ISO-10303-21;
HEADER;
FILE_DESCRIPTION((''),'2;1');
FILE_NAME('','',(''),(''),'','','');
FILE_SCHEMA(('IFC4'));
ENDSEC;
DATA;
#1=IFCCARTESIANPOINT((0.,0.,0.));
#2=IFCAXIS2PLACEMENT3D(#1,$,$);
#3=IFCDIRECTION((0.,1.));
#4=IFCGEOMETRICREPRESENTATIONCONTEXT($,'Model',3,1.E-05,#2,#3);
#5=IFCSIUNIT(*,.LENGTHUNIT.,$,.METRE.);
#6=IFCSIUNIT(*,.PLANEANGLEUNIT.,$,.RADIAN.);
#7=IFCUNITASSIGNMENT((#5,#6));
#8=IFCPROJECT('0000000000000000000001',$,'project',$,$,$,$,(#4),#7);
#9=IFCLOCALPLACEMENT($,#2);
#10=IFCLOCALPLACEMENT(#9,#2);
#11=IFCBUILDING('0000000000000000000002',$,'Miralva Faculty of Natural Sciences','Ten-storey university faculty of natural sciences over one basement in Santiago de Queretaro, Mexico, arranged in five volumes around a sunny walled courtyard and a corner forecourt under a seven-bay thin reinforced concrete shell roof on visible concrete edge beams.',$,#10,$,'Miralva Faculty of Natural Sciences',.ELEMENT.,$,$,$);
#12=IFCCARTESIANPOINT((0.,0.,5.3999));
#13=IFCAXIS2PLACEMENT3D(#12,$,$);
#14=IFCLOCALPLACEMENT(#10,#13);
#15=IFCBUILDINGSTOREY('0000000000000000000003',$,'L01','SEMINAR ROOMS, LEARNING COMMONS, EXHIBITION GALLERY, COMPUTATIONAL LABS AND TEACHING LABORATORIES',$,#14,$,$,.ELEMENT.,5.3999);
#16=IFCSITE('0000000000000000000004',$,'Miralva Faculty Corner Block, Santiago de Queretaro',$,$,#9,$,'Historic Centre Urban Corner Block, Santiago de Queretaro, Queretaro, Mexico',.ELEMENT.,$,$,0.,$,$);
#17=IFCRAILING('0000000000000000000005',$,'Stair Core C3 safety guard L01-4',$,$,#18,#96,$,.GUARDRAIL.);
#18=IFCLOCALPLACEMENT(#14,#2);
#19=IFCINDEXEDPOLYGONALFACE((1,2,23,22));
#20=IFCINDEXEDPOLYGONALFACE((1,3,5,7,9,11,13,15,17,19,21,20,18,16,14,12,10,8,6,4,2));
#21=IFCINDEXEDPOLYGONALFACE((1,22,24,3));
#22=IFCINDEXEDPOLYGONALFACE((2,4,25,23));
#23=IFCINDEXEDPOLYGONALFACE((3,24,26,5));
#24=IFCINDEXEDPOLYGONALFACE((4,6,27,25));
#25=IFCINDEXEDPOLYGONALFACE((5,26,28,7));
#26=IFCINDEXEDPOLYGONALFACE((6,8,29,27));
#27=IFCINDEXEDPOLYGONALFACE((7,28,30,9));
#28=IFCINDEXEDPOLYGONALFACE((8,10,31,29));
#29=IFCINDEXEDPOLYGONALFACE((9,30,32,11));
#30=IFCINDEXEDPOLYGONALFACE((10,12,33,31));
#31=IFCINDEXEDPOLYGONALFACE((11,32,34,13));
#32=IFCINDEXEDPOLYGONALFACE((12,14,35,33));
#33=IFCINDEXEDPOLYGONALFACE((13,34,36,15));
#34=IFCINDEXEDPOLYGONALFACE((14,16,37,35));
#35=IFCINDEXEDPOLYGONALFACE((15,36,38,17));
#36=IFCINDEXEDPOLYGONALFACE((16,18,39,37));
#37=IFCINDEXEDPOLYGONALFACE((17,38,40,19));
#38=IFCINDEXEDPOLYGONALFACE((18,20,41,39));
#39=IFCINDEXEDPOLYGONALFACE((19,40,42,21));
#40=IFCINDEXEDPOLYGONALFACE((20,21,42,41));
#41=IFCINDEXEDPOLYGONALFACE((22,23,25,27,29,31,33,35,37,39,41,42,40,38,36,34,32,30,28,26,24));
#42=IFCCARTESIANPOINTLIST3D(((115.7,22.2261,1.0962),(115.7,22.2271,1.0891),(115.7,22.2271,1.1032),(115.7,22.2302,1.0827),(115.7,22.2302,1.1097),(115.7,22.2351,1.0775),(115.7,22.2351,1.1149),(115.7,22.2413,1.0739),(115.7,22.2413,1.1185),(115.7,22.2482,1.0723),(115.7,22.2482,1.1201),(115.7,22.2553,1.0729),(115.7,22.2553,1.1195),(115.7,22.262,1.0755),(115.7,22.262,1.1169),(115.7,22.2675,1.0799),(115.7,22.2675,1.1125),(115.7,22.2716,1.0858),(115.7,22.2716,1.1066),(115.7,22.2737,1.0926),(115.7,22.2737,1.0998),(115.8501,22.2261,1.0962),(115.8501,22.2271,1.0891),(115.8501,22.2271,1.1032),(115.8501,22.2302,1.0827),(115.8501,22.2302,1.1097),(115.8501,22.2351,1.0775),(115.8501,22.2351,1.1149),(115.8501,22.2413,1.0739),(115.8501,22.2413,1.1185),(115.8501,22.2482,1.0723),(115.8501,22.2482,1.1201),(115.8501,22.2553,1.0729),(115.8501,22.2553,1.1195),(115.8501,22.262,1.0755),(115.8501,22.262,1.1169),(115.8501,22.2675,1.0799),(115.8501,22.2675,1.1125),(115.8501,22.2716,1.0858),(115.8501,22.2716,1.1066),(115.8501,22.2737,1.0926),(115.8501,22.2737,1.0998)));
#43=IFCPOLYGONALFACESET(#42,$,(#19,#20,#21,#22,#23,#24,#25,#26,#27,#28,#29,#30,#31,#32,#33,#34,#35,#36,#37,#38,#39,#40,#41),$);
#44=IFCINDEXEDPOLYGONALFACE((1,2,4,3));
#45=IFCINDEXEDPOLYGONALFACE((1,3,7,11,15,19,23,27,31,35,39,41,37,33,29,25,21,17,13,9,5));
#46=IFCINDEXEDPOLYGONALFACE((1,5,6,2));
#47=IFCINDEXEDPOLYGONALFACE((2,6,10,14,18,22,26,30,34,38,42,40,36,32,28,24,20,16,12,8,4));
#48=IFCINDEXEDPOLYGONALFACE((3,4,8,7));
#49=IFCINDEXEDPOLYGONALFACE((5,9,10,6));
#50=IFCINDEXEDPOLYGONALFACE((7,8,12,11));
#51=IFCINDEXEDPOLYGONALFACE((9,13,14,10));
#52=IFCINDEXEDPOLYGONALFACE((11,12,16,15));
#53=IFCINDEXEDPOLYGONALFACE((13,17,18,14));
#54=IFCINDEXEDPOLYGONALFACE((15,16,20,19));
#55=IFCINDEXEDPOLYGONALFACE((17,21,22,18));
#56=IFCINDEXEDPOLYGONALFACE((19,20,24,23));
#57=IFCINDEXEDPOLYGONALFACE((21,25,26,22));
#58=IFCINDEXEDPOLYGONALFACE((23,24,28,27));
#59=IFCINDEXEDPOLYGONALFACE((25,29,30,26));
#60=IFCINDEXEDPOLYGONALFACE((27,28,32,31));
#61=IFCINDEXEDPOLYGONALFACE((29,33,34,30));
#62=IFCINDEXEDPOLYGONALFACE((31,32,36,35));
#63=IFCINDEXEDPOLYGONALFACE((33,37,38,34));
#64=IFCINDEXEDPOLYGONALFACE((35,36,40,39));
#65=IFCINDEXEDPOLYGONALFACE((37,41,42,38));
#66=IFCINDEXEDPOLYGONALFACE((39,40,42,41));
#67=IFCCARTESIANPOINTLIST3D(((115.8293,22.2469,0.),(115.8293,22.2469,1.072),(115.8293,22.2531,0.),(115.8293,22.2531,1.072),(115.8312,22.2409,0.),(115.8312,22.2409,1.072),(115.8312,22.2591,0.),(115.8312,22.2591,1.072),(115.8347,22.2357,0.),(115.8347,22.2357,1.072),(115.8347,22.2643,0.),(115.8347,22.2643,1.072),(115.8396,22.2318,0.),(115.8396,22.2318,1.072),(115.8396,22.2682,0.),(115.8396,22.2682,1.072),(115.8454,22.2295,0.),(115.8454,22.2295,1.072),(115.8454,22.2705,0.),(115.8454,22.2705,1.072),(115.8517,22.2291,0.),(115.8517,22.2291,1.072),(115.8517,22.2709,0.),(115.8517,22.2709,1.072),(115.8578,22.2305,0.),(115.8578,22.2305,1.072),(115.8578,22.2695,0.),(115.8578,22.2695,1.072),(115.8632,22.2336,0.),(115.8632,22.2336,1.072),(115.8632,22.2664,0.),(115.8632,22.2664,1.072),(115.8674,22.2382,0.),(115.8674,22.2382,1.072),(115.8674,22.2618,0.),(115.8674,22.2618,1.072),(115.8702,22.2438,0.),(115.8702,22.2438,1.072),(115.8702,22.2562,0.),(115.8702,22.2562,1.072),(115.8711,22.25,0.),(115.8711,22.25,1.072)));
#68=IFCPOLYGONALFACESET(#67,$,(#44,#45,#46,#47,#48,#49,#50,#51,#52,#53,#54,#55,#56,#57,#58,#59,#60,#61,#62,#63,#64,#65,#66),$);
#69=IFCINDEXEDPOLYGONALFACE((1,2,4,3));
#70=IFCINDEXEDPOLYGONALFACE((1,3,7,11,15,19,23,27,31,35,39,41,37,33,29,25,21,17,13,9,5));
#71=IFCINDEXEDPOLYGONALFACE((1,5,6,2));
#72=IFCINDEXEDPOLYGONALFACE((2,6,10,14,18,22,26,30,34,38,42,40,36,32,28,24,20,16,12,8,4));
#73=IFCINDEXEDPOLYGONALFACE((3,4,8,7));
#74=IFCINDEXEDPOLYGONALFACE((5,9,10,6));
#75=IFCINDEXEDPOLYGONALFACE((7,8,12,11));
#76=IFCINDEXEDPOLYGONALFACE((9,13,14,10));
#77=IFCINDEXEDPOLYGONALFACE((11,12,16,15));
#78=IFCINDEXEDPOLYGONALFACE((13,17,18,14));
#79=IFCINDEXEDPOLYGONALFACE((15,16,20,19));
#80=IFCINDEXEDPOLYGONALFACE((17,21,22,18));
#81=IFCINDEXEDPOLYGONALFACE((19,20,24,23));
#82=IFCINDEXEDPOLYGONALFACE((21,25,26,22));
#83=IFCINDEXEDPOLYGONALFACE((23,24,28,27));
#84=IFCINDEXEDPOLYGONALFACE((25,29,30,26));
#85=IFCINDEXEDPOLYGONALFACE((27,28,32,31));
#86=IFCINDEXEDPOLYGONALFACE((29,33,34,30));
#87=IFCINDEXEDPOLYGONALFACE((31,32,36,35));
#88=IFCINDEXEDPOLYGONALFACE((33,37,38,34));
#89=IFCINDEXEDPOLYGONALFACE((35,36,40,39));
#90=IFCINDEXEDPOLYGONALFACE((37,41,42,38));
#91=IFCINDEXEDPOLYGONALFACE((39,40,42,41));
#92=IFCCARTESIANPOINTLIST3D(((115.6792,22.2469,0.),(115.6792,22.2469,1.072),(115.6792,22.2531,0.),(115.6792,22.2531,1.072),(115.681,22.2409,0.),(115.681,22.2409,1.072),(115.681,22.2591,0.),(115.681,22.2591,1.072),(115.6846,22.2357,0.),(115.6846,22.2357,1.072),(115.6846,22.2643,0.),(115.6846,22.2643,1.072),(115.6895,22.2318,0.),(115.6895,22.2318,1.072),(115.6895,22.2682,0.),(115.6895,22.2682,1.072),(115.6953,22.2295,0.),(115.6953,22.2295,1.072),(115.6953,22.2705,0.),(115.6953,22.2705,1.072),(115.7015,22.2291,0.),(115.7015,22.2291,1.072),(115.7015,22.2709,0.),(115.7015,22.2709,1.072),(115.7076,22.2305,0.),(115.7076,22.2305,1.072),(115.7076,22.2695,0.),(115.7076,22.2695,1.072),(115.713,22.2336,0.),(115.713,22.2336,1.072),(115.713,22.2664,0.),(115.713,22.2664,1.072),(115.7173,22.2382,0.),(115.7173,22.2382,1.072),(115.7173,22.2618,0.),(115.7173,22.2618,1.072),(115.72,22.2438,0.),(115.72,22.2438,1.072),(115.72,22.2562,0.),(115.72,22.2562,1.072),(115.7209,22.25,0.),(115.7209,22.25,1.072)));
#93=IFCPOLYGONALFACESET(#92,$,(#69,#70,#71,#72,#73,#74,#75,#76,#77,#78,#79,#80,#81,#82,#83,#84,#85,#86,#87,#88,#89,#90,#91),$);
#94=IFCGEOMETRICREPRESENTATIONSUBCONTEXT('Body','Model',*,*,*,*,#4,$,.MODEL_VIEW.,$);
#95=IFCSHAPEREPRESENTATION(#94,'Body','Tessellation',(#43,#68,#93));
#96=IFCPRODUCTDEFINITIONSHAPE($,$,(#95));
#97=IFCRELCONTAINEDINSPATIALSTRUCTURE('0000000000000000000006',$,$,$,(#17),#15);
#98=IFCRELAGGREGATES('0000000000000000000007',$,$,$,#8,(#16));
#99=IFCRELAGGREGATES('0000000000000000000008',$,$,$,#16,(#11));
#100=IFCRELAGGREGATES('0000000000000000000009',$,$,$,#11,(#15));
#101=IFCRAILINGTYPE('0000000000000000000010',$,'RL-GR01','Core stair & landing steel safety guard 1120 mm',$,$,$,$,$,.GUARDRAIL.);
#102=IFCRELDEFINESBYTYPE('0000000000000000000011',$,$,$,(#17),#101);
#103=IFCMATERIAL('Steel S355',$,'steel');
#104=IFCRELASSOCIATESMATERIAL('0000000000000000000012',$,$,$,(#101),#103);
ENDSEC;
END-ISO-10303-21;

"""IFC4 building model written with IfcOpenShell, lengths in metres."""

from ifc_helpers import new_model, si_unit, direction, frame, origin, origin_2d, place, context, subcontext, project, spatial, circle, extrude, material, type_object, element, save


model = new_model("IFC4")

# Units and contexts
model_context = context("Model", 3, precision=1e-05, world=origin(), true_north=direction((0.0, 1.0)))
body_context = subcontext(model_context, "Body", "Model", "MODEL_VIEW")
ifc_project = project(units=[si_unit("LENGTHUNIT", "METRE"), si_unit("PLANEANGLEUNIT", "RADIAN")], contexts=[model_context])

# Site, building, storey
site_placement = place(None, origin())
site = spatial("IfcSite", under=ifc_project, at=site_placement, Name="Miralva Faculty Corner Block, Santiago de Queretaro", LongName="Historic Centre Urban Corner Block, Santiago de Queretaro, Queretaro, Mexico", CompositionType="ELEMENT", RefElevation=0.0)
building_placement = place(site_placement, origin())
building = spatial("IfcBuilding", under=site, at=building_placement, Name="Miralva Faculty of Natural Sciences", Description="Ten-storey university faculty of natural sciences over one basement in Santiago de Queretaro, Mexico, arranged in five volumes around a sunny walled courtyard and a corner forecourt under a seven-bay thin reinforced concrete shell roof on visible concrete edge beams.", LongName="Miralva Faculty of Natural Sciences", CompositionType="ELEMENT")
storey_placement = place(building_placement, frame((0.0, 0.0, 5.3999)))
storey = spatial("IfcBuildingStorey", under=building, at=storey_placement, Name="L01", Description="SEMINAR ROOMS, LEARNING COMMONS, EXHIBITION GALLERY, COMPUTATIONAL LABS AND TEACHING LABORATORIES", CompositionType="ELEMENT", Elevation=5.3999)

# Railing
ifc_material_1 = material(Name="Steel S355", Category="steel")
railing_type_1 = type_object("IfcRailingType", Name="RL-GR01", Description="Core stair & landing steel safety guard 1120 mm", PredefinedType="GUARDRAIL", material=ifc_material_1)
railing_1_placement = place(storey_placement, frame((115.8501, 22.25, 0.0)))
element("IfcRailing", 1, at=railing_1_placement, inside=storey, type_object=railing_type_1, Name="Stair Core C3 safety guard L01-4", PredefinedType="GUARDRAIL", context=body_context, shape_type="SweptSolid", body=[
    extrude(circle(Radius=0.0239, at=origin_2d()), frame((0.0, 0.0, 1.0962), z_axis=(-1.0, 0.0, 0.0), x_axis=(0.0, -1.0, 0.0)), (0.0, 0.0, 1.0), 0.1501),
    extrude(circle(Radius=0.021, at=origin_2d()), origin(), (0.0, 0.0, 1.0), 1.072),
    extrude(circle(Radius=0.021, at=origin_2d()), frame((-0.1501, 0.0, 0.0)), (0.0, 0.0, 1.0), 1.072),
])

save(model, "model.ifc")
